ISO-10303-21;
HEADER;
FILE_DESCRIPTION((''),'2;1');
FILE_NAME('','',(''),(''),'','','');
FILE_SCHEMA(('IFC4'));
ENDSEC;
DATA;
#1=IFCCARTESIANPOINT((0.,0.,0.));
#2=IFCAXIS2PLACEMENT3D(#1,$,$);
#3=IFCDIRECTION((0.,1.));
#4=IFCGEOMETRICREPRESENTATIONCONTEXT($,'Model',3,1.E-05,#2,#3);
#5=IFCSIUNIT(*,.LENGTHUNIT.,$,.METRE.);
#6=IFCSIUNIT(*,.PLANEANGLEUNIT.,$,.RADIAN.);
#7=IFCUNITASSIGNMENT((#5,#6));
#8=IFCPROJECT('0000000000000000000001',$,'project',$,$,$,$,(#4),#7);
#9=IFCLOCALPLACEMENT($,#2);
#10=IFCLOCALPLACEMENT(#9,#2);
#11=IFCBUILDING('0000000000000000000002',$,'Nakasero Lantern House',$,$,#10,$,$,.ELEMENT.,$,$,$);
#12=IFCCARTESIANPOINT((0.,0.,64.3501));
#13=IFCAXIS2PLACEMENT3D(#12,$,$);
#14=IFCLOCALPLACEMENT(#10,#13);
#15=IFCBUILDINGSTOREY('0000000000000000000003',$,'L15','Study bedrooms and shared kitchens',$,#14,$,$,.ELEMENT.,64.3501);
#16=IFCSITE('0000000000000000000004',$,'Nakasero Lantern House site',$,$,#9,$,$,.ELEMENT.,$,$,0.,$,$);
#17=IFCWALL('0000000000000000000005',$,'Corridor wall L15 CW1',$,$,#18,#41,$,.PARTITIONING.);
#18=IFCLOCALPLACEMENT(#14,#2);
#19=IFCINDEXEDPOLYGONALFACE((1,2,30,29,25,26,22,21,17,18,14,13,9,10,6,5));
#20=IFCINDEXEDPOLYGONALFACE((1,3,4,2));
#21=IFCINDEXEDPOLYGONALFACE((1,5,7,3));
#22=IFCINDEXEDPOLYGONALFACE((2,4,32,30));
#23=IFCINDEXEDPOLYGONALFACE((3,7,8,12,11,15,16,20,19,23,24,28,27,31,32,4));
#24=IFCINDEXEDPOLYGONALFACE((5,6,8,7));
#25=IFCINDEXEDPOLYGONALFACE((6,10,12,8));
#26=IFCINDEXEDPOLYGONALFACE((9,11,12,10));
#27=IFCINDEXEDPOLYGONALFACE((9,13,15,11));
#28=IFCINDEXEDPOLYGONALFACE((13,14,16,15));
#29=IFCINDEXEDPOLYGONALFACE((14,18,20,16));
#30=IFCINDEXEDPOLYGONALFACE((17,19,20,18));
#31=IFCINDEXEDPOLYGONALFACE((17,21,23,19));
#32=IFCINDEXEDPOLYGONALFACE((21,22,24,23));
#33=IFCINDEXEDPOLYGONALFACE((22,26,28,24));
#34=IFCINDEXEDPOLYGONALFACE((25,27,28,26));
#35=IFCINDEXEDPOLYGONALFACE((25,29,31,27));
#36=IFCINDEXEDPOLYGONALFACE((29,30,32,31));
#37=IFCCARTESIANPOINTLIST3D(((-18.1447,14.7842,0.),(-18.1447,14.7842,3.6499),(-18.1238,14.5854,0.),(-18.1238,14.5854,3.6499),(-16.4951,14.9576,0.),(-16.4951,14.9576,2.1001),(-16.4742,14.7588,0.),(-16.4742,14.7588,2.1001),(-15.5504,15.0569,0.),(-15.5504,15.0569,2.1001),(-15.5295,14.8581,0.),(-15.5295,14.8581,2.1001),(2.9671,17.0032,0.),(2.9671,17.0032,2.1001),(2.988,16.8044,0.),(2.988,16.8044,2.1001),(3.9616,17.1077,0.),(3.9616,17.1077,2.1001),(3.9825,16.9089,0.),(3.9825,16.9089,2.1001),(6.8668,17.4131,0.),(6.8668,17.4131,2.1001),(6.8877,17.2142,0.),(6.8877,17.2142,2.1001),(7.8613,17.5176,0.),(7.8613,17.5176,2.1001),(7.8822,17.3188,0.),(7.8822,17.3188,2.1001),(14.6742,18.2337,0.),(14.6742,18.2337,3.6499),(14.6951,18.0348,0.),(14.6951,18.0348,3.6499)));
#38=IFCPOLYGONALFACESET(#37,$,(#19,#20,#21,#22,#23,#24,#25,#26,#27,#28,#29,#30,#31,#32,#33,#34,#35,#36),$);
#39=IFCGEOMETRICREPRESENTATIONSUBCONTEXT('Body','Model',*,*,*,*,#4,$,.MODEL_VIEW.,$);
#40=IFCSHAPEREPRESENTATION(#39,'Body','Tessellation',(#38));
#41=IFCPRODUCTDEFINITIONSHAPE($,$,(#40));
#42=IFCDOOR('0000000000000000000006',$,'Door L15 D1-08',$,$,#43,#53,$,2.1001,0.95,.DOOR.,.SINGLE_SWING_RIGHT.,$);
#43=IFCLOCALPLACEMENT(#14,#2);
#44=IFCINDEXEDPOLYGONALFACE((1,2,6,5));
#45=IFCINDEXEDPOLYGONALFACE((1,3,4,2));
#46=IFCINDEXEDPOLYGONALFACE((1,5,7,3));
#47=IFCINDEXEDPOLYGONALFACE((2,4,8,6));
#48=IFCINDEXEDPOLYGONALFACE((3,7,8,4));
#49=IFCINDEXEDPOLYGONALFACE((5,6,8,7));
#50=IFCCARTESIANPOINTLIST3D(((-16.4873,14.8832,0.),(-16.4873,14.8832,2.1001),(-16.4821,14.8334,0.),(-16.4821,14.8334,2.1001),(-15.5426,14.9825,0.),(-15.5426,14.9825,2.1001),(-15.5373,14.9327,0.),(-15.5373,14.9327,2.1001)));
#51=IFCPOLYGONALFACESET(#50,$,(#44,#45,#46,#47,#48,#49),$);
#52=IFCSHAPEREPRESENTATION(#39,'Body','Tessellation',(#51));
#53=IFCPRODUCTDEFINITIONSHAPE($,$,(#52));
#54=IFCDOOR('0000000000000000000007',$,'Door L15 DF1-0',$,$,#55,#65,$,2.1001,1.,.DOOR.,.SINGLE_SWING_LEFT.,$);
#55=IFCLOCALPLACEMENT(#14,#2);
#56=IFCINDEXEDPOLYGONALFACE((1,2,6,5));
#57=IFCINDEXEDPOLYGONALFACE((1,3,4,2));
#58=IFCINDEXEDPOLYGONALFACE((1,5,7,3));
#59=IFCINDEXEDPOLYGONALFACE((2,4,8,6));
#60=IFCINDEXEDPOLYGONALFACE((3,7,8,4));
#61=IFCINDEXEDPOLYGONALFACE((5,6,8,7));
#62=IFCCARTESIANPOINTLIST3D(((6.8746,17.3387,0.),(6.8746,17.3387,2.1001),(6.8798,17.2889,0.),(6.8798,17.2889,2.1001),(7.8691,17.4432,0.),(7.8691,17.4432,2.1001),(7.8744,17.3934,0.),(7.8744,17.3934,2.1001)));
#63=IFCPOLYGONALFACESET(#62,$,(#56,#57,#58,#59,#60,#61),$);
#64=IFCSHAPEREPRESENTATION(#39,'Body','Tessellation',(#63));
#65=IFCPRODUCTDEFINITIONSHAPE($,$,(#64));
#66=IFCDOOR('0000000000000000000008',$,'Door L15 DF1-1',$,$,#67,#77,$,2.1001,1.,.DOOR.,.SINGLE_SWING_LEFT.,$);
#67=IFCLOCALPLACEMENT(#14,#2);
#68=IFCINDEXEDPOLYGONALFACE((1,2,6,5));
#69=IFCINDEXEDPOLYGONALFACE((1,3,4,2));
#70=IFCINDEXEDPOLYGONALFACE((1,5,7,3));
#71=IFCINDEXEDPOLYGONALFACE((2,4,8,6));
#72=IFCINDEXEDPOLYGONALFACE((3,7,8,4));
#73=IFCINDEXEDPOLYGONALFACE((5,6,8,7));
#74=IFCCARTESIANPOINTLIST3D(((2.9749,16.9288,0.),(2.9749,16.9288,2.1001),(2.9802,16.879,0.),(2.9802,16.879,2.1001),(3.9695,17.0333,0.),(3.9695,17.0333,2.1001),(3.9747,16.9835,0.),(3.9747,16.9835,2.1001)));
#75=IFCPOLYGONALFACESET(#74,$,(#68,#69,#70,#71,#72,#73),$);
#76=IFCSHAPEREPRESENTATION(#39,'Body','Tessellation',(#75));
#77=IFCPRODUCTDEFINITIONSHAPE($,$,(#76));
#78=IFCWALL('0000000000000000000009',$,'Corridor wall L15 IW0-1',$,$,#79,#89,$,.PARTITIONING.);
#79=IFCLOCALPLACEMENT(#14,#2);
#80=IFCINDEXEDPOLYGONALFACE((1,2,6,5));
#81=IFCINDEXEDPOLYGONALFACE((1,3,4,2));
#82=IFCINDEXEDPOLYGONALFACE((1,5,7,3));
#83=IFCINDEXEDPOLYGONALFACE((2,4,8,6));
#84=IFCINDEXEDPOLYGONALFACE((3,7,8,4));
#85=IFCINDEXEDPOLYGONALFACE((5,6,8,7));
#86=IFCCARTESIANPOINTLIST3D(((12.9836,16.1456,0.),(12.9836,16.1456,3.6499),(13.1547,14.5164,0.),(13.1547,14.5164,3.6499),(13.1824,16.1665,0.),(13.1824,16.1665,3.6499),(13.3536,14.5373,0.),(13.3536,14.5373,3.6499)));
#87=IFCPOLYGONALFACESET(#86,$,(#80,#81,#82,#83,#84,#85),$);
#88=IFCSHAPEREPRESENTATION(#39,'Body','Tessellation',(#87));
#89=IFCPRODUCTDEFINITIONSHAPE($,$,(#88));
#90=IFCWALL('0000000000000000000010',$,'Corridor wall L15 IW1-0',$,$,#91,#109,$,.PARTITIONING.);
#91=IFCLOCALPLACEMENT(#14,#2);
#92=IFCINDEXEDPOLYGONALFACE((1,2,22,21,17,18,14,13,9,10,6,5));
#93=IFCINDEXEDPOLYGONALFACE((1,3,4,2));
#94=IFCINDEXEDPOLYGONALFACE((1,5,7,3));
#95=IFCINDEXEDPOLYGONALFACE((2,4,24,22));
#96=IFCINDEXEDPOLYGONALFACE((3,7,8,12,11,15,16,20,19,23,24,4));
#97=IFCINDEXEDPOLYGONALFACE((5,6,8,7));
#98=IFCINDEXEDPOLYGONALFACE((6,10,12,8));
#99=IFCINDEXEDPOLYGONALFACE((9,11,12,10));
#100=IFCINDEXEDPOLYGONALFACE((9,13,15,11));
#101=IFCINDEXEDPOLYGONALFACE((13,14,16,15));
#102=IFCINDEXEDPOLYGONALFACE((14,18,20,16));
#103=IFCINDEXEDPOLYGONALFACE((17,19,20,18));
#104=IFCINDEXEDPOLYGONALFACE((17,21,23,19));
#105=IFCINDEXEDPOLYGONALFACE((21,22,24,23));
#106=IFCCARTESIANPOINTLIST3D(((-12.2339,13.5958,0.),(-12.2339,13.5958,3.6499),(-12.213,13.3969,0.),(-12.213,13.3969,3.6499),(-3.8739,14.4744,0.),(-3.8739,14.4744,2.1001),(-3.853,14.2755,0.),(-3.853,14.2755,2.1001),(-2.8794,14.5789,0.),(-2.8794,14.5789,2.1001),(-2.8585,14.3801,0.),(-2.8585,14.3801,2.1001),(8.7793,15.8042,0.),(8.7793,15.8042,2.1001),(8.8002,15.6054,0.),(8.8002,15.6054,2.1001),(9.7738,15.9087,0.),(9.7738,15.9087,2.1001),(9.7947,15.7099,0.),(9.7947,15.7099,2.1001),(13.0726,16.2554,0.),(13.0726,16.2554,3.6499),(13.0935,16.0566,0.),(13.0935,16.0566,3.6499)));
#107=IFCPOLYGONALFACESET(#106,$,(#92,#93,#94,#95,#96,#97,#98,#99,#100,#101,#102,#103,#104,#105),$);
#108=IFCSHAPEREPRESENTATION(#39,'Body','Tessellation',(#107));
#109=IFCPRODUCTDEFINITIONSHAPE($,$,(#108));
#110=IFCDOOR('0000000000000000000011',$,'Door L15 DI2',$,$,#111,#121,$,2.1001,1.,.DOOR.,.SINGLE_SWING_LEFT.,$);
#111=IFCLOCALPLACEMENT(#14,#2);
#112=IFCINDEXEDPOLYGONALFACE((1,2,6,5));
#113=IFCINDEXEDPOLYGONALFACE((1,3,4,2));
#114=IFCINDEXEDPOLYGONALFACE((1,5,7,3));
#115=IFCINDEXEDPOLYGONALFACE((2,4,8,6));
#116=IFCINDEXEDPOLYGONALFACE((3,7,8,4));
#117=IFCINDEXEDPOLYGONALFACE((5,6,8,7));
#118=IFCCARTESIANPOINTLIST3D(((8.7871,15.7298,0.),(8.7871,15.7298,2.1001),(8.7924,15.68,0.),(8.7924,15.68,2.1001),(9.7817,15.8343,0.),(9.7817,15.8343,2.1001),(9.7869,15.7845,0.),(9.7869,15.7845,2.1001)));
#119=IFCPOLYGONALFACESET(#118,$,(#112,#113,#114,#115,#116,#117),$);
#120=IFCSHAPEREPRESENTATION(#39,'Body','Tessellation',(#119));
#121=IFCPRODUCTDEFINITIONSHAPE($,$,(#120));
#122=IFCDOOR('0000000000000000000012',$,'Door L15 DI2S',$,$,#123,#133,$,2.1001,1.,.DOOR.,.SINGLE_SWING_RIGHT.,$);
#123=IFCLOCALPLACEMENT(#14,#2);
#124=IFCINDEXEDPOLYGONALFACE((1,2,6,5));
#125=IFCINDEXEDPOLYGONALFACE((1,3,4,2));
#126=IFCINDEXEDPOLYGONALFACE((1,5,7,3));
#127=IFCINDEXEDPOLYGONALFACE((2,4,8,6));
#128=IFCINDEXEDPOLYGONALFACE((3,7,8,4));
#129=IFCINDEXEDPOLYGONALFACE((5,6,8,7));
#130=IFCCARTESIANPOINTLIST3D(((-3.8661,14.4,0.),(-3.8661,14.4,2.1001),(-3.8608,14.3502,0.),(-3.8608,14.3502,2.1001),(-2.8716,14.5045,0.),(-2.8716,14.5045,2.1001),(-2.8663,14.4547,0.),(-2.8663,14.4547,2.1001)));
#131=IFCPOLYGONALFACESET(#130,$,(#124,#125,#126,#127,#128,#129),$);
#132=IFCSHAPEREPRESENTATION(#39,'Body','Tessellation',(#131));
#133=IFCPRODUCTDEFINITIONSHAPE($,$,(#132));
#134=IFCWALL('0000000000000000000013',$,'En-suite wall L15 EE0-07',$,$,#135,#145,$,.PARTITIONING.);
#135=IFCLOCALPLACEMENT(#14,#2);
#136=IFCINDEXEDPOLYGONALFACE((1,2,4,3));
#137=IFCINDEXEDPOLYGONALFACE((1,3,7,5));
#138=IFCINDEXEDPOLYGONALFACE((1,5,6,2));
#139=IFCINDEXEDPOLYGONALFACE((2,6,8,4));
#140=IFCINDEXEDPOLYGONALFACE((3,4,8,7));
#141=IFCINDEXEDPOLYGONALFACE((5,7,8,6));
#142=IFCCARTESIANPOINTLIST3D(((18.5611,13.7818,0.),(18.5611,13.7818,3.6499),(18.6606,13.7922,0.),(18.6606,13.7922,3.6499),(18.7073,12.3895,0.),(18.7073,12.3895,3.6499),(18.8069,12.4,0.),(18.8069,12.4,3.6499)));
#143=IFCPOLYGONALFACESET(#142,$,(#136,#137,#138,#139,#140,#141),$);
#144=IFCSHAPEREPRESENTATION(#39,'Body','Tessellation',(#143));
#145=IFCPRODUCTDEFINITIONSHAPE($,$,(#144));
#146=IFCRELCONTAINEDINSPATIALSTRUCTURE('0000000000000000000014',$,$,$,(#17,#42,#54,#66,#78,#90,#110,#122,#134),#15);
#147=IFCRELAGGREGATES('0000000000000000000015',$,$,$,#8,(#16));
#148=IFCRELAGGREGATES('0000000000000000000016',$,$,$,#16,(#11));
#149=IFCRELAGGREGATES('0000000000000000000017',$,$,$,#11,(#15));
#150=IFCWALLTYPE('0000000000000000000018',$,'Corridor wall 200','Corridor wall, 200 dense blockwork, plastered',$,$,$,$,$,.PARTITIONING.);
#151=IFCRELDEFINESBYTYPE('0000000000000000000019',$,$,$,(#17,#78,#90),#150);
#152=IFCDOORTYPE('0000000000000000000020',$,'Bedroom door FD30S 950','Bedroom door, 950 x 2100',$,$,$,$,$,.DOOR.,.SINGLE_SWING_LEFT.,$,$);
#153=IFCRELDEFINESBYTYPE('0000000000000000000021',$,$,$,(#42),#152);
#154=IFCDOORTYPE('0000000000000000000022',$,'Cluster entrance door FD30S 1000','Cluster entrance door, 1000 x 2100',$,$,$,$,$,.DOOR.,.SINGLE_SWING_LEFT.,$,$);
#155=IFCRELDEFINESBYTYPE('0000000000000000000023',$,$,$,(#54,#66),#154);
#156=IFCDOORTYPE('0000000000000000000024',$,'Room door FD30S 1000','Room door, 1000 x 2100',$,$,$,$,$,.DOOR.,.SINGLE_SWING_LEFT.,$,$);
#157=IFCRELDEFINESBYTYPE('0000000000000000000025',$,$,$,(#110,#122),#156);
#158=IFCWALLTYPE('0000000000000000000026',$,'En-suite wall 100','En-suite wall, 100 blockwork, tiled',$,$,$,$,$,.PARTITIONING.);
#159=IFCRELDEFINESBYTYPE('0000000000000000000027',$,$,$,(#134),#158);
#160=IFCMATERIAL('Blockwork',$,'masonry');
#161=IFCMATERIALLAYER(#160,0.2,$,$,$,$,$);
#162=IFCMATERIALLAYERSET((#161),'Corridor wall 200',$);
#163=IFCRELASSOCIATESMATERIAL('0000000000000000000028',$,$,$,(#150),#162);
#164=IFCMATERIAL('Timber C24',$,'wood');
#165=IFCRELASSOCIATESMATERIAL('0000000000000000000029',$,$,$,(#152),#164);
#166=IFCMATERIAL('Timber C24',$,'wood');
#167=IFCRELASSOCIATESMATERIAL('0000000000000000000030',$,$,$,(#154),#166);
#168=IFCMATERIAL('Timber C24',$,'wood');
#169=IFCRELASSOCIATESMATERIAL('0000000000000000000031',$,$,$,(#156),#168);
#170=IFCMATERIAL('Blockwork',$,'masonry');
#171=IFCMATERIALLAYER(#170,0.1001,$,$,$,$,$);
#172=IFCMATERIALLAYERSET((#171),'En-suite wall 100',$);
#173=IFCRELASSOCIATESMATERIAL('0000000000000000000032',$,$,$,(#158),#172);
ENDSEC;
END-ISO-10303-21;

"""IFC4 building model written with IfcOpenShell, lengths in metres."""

from ifc_helpers import new_model, si_unit, direction, frame, frame_2d, origin, place, context, subcontext, project, spatial, rectangle, extrude, material, layer, layer_set, type_object, element, fill, save


model = new_model("IFC4")

# Units and contexts
model_context = context("Model", 3, precision=1e-05, world=origin(), true_north=direction((0.0, 1.0)))
body_context = subcontext(model_context, "Body", "Model", "MODEL_VIEW")
ifc_project = project(units=[si_unit("LENGTHUNIT", "METRE"), si_unit("PLANEANGLEUNIT", "RADIAN")], contexts=[model_context])

# Site, building, storey
site_placement = place(None, origin())
site = spatial("IfcSite", under=ifc_project, at=site_placement, Name="Nakasero Lantern House site", CompositionType="ELEMENT", RefElevation=0.0)
building_placement = place(site_placement, origin())
building = spatial("IfcBuilding", under=site, at=building_placement, Name="Nakasero Lantern House", CompositionType="ELEMENT")
storey_placement = place(building_placement, frame((0.0, 0.0, 64.3501)))
storey = spatial("IfcBuildingStorey", under=building, at=storey_placement, Name="L15", Description="Study bedrooms and shared kitchens", CompositionType="ELEMENT", Elevation=64.3501)

# Wall, openings, doors
ifc_material_1 = material(Name="Blockwork", Category="masonry")
ifc_layer_1 = layer(ifc_material_1, 0.2)
ifc_layer_set_1 = layer_set([ifc_layer_1], Name="Corridor wall 200")
wall_type_1 = type_object("IfcWallType", Name="Corridor wall 200", Description="Corridor wall, 200 dense blockwork, plastered", PredefinedType="PARTITIONING", material=ifc_layer_set_1)
wall_1_placement = place(storey_placement, frame((14.6848, 18.1343, 0.0), z_axis=(0.0, 0.0, 1.0), x_axis=(-0.994522, -0.10453, 0.0)))
wall_1 = element("IfcWall", 1, at=wall_1_placement, inside=storey, type_object=wall_type_1, Name="Corridor wall L15 CW1", PredefinedType="PARTITIONING", context=body_context, shape_type="SweptSolid", body=[
    extrude(rectangle(XDim=32.9998, YDim=0.2, at=frame_2d((16.5, 0.0))), origin(), (0.0, 0.0, 1.0), 3.6499),
])
opening_1_placement = place(wall_1_placement, frame((6.8506, 0.0, 0.0)))
opening_1 = element("IfcOpeningElement", 2, at=opening_1_placement, cuts=wall_1, PredefinedType="OPENING", context=body_context, shape_type="SweptSolid", body=[
    extrude(rectangle(XDim=1.0, YDim=2.1001, at=frame_2d((0.5, 1.05))), frame((0.0, 0.1199, 0.0), z_axis=(0.0, -1.0, 0.0), x_axis=(1.0, 0.0, 0.0)), (0.0, 0.0, 1.0), 0.24),
])
opening_2_placement = place(wall_1_placement, frame((10.7717, 0.0, 0.0)))
opening_2 = element("IfcOpeningElement", 3, at=opening_2_placement, cuts=wall_1, PredefinedType="OPENING", context=body_context, shape_type="SweptSolid", body=[
    extrude(rectangle(XDim=1.0, YDim=2.1001, at=frame_2d((0.5, 1.05))), frame((0.0, 0.1199, 0.0), z_axis=(0.0, -1.0, 0.0), x_axis=(1.0, 0.0, 0.0)), (0.0, 0.0, 1.0), 0.24),
])
opening_3_placement = place(wall_1_placement, frame((30.3911, 0.0, 0.0)))
opening_3 = element("IfcOpeningElement", 4, at=opening_3_placement, cuts=wall_1, PredefinedType="OPENING", context=body_context, shape_type="SweptSolid", body=[
    extrude(rectangle(XDim=0.95, YDim=2.1001, at=frame_2d((0.4751, 1.05))), frame((0.0, 0.1199, 0.0), z_axis=(0.0, -1.0, 0.0), x_axis=(1.0, 0.0, 0.0)), (0.0, 0.0, 1.0), 0.24),
])
ifc_material_2 = material(Name="Timber C24", Category="wood")
door_type_1 = type_object("IfcDoorType", Name="Bedroom door FD30S 950", Description="Bedroom door, 950 x 2100", OperationType="SINGLE_SWING_LEFT", PredefinedType="DOOR", material=ifc_material_2)
door_1_placement = place(opening_3_placement, origin())
door_1 = element("IfcDoor", 5, at=door_1_placement, inside=storey, type_object=door_type_1, Name="Door L15 D1-08", OperationType="SINGLE_SWING_RIGHT", OverallHeight=2.1001, OverallWidth=0.95, PredefinedType="DOOR", context=body_context, shape_type="SweptSolid", body=[
    extrude(rectangle(XDim=0.95, YDim=2.1001, at=frame_2d((0.4751, 1.05))), frame((0.0, 0.0249, 0.0), z_axis=(0.0, -1.0, 0.0), x_axis=(1.0, 0.0, 0.0)), (0.0, 0.0, 1.0), 0.05),
])
fill(opening_3, door_1)
ifc_material_3 = material(Name="Timber C24", Category="wood")
door_type_2 = type_object("IfcDoorType", Name="Cluster entrance door FD30S 1000", Description="Cluster entrance door, 1000 x 2100", OperationType="SINGLE_SWING_LEFT", PredefinedType="DOOR", material=ifc_material_3)
door_2_placement = place(opening_1_placement, origin())
door_2 = element("IfcDoor", 6, at=door_2_placement, inside=storey, type_object=door_type_2, Name="Door L15 DF1-0", OperationType="SINGLE_SWING_LEFT", OverallHeight=2.1001, OverallWidth=1.0, PredefinedType="DOOR", context=body_context, shape_type="SweptSolid", body=[
    extrude(rectangle(XDim=1.0, YDim=2.1001, at=frame_2d((0.5, 1.05))), frame((0.0, 0.0249, 0.0), z_axis=(0.0, -1.0, 0.0), x_axis=(1.0, 0.0, 0.0)), (0.0, 0.0, 1.0), 0.05),
])
fill(opening_1, door_2)
door_3_placement = place(opening_2_placement, origin())
door_3 = element("IfcDoor", 7, at=door_3_placement, inside=storey, type_object=door_type_2, Name="Door L15 DF1-1", OperationType="SINGLE_SWING_LEFT", OverallHeight=2.1001, OverallWidth=1.0, PredefinedType="DOOR", context=body_context, shape_type="SweptSolid", body=[
    extrude(rectangle(XDim=1.0, YDim=2.1001, at=frame_2d((0.5, 1.05))), frame((0.0, 0.0249, 0.0), z_axis=(0.0, -1.0, 0.0), x_axis=(1.0, 0.0, 0.0)), (0.0, 0.0, 1.0), 0.05),
])
fill(opening_2, door_3)

# Wall
wall_2_placement = place(storey_placement, frame((13.2542, 14.5269, 0.0), z_axis=(0.0, 0.0, 1.0), x_axis=(-0.104475, 0.994527, 0.0)))
element("IfcWall", 8, at=wall_2_placement, inside=storey, type_object=wall_type_1, Name="Corridor wall L15 IW0-1", PredefinedType="PARTITIONING", context=body_context, shape_type="SweptSolid", body=[
    extrude(rectangle(XDim=1.6382, YDim=0.2, at=frame_2d((0.8191, 0.0))), origin(), (0.0, 0.0, 1.0), 3.6499),
])

# Wall, openings, doors
wall_3_placement = place(storey_placement, frame((13.083, 16.156, 0.0), z_axis=(0.0, 0.0, 1.0), x_axis=(-0.994522, -0.104523, 0.0)))
wall_3 = element("IfcWall", 9, at=wall_3_placement, inside=storey, type_object=wall_type_1, Name="Corridor wall L15 IW1-0", PredefinedType="PARTITIONING", context=body_context, shape_type="SweptSolid", body=[
    extrude(rectangle(XDim=25.4458, YDim=0.2, at=frame_2d((12.7229, 0.0))), origin(), (0.0, 0.0, 1.0), 3.6499),
])
opening_4_placement = place(wall_3_placement, frame((3.3169, 0.0, 0.0)))
opening_4 = element("IfcOpeningElement", 10, at=opening_4_placement, cuts=wall_3, PredefinedType="OPENING", context=body_context, shape_type="SweptSolid", body=[
    extrude(rectangle(XDim=1.0, YDim=2.1001, at=frame_2d((0.5, 1.05))), frame((0.0, 0.1199, 0.0), z_axis=(0.0, -1.0, 0.0), x_axis=(1.0, 0.0, 0.0)), (0.0, 0.0, 1.0), 0.24),
])
opening_5_placement = place(wall_3_placement, frame((16.0398, 0.0, 0.0)))
opening_5 = element("IfcOpeningElement", 11, at=opening_5_placement, cuts=wall_3, PredefinedType="OPENING", context=body_context, shape_type="SweptSolid", body=[
    extrude(rectangle(XDim=1.0, YDim=2.1001, at=frame_2d((0.5, 1.05))), frame((0.0, 0.1199, 0.0), z_axis=(0.0, -1.0, 0.0), x_axis=(1.0, 0.0, 0.0)), (0.0, 0.0, 1.0), 0.24),
])
ifc_material_4 = material(Name="Timber C24", Category="wood")
door_type_3 = type_object("IfcDoorType", Name="Room door FD30S 1000", Description="Room door, 1000 x 2100", OperationType="SINGLE_SWING_LEFT", PredefinedType="DOOR", material=ifc_material_4)
door_4_placement = place(opening_4_placement, origin())
door_4 = element("IfcDoor", 12, at=door_4_placement, inside=storey, type_object=door_type_3, Name="Door L15 DI2", OperationType="SINGLE_SWING_LEFT", OverallHeight=2.1001, OverallWidth=1.0, PredefinedType="DOOR", context=body_context, shape_type="SweptSolid", body=[
    extrude(rectangle(XDim=1.0, YDim=2.1001, at=frame_2d((0.5, 1.05))), frame((0.0, 0.0249, 0.0), z_axis=(0.0, -1.0, 0.0), x_axis=(1.0, 0.0, 0.0)), (0.0, 0.0, 1.0), 0.05),
])
fill(opening_4, door_4)
door_5_placement = place(opening_5_placement, origin())
door_5 = element("IfcDoor", 13, at=door_5_placement, inside=storey, type_object=door_type_3, Name="Door L15 DI2S", OperationType="SINGLE_SWING_RIGHT", OverallHeight=2.1001, OverallWidth=1.0, PredefinedType="DOOR", context=body_context, shape_type="SweptSolid", body=[
    extrude(rectangle(XDim=1.0, YDim=2.1001, at=frame_2d((0.5, 1.05))), frame((0.0, 0.0249, 0.0), z_axis=(0.0, -1.0, 0.0), x_axis=(1.0, 0.0, 0.0)), (0.0, 0.0, 1.0), 0.05),
])
fill(opening_5, door_5)

# Wall
ifc_material_5 = material(Name="Blockwork", Category="masonry")
ifc_layer_2 = layer(ifc_material_5, 0.1001)
ifc_layer_set_2 = layer_set([ifc_layer_2], Name="En-suite wall 100")
wall_type_2 = type_object("IfcWallType", Name="En-suite wall 100", Description="En-suite wall, 100 blockwork, tiled", PredefinedType="PARTITIONING", material=ifc_layer_set_2)
wall_4_placement = place(storey_placement, frame((18.7571, 12.3948, 0.0), z_axis=(0.0, 0.0, 1.0), x_axis=(-0.104458, 0.994529, 0.0)))
element("IfcWall", 14, at=wall_4_placement, inside=storey, type_object=wall_type_2, Name="En-suite wall L15 EE0-07", PredefinedType="PARTITIONING", context=body_context, shape_type="SweptSolid", body=[
    extrude(rectangle(XDim=1.3999, YDim=0.1001, at=frame_2d((0.7, 0.0))), origin(), (0.0, 0.0, 1.0), 3.6499),
])

save(model, "model.ifc")
